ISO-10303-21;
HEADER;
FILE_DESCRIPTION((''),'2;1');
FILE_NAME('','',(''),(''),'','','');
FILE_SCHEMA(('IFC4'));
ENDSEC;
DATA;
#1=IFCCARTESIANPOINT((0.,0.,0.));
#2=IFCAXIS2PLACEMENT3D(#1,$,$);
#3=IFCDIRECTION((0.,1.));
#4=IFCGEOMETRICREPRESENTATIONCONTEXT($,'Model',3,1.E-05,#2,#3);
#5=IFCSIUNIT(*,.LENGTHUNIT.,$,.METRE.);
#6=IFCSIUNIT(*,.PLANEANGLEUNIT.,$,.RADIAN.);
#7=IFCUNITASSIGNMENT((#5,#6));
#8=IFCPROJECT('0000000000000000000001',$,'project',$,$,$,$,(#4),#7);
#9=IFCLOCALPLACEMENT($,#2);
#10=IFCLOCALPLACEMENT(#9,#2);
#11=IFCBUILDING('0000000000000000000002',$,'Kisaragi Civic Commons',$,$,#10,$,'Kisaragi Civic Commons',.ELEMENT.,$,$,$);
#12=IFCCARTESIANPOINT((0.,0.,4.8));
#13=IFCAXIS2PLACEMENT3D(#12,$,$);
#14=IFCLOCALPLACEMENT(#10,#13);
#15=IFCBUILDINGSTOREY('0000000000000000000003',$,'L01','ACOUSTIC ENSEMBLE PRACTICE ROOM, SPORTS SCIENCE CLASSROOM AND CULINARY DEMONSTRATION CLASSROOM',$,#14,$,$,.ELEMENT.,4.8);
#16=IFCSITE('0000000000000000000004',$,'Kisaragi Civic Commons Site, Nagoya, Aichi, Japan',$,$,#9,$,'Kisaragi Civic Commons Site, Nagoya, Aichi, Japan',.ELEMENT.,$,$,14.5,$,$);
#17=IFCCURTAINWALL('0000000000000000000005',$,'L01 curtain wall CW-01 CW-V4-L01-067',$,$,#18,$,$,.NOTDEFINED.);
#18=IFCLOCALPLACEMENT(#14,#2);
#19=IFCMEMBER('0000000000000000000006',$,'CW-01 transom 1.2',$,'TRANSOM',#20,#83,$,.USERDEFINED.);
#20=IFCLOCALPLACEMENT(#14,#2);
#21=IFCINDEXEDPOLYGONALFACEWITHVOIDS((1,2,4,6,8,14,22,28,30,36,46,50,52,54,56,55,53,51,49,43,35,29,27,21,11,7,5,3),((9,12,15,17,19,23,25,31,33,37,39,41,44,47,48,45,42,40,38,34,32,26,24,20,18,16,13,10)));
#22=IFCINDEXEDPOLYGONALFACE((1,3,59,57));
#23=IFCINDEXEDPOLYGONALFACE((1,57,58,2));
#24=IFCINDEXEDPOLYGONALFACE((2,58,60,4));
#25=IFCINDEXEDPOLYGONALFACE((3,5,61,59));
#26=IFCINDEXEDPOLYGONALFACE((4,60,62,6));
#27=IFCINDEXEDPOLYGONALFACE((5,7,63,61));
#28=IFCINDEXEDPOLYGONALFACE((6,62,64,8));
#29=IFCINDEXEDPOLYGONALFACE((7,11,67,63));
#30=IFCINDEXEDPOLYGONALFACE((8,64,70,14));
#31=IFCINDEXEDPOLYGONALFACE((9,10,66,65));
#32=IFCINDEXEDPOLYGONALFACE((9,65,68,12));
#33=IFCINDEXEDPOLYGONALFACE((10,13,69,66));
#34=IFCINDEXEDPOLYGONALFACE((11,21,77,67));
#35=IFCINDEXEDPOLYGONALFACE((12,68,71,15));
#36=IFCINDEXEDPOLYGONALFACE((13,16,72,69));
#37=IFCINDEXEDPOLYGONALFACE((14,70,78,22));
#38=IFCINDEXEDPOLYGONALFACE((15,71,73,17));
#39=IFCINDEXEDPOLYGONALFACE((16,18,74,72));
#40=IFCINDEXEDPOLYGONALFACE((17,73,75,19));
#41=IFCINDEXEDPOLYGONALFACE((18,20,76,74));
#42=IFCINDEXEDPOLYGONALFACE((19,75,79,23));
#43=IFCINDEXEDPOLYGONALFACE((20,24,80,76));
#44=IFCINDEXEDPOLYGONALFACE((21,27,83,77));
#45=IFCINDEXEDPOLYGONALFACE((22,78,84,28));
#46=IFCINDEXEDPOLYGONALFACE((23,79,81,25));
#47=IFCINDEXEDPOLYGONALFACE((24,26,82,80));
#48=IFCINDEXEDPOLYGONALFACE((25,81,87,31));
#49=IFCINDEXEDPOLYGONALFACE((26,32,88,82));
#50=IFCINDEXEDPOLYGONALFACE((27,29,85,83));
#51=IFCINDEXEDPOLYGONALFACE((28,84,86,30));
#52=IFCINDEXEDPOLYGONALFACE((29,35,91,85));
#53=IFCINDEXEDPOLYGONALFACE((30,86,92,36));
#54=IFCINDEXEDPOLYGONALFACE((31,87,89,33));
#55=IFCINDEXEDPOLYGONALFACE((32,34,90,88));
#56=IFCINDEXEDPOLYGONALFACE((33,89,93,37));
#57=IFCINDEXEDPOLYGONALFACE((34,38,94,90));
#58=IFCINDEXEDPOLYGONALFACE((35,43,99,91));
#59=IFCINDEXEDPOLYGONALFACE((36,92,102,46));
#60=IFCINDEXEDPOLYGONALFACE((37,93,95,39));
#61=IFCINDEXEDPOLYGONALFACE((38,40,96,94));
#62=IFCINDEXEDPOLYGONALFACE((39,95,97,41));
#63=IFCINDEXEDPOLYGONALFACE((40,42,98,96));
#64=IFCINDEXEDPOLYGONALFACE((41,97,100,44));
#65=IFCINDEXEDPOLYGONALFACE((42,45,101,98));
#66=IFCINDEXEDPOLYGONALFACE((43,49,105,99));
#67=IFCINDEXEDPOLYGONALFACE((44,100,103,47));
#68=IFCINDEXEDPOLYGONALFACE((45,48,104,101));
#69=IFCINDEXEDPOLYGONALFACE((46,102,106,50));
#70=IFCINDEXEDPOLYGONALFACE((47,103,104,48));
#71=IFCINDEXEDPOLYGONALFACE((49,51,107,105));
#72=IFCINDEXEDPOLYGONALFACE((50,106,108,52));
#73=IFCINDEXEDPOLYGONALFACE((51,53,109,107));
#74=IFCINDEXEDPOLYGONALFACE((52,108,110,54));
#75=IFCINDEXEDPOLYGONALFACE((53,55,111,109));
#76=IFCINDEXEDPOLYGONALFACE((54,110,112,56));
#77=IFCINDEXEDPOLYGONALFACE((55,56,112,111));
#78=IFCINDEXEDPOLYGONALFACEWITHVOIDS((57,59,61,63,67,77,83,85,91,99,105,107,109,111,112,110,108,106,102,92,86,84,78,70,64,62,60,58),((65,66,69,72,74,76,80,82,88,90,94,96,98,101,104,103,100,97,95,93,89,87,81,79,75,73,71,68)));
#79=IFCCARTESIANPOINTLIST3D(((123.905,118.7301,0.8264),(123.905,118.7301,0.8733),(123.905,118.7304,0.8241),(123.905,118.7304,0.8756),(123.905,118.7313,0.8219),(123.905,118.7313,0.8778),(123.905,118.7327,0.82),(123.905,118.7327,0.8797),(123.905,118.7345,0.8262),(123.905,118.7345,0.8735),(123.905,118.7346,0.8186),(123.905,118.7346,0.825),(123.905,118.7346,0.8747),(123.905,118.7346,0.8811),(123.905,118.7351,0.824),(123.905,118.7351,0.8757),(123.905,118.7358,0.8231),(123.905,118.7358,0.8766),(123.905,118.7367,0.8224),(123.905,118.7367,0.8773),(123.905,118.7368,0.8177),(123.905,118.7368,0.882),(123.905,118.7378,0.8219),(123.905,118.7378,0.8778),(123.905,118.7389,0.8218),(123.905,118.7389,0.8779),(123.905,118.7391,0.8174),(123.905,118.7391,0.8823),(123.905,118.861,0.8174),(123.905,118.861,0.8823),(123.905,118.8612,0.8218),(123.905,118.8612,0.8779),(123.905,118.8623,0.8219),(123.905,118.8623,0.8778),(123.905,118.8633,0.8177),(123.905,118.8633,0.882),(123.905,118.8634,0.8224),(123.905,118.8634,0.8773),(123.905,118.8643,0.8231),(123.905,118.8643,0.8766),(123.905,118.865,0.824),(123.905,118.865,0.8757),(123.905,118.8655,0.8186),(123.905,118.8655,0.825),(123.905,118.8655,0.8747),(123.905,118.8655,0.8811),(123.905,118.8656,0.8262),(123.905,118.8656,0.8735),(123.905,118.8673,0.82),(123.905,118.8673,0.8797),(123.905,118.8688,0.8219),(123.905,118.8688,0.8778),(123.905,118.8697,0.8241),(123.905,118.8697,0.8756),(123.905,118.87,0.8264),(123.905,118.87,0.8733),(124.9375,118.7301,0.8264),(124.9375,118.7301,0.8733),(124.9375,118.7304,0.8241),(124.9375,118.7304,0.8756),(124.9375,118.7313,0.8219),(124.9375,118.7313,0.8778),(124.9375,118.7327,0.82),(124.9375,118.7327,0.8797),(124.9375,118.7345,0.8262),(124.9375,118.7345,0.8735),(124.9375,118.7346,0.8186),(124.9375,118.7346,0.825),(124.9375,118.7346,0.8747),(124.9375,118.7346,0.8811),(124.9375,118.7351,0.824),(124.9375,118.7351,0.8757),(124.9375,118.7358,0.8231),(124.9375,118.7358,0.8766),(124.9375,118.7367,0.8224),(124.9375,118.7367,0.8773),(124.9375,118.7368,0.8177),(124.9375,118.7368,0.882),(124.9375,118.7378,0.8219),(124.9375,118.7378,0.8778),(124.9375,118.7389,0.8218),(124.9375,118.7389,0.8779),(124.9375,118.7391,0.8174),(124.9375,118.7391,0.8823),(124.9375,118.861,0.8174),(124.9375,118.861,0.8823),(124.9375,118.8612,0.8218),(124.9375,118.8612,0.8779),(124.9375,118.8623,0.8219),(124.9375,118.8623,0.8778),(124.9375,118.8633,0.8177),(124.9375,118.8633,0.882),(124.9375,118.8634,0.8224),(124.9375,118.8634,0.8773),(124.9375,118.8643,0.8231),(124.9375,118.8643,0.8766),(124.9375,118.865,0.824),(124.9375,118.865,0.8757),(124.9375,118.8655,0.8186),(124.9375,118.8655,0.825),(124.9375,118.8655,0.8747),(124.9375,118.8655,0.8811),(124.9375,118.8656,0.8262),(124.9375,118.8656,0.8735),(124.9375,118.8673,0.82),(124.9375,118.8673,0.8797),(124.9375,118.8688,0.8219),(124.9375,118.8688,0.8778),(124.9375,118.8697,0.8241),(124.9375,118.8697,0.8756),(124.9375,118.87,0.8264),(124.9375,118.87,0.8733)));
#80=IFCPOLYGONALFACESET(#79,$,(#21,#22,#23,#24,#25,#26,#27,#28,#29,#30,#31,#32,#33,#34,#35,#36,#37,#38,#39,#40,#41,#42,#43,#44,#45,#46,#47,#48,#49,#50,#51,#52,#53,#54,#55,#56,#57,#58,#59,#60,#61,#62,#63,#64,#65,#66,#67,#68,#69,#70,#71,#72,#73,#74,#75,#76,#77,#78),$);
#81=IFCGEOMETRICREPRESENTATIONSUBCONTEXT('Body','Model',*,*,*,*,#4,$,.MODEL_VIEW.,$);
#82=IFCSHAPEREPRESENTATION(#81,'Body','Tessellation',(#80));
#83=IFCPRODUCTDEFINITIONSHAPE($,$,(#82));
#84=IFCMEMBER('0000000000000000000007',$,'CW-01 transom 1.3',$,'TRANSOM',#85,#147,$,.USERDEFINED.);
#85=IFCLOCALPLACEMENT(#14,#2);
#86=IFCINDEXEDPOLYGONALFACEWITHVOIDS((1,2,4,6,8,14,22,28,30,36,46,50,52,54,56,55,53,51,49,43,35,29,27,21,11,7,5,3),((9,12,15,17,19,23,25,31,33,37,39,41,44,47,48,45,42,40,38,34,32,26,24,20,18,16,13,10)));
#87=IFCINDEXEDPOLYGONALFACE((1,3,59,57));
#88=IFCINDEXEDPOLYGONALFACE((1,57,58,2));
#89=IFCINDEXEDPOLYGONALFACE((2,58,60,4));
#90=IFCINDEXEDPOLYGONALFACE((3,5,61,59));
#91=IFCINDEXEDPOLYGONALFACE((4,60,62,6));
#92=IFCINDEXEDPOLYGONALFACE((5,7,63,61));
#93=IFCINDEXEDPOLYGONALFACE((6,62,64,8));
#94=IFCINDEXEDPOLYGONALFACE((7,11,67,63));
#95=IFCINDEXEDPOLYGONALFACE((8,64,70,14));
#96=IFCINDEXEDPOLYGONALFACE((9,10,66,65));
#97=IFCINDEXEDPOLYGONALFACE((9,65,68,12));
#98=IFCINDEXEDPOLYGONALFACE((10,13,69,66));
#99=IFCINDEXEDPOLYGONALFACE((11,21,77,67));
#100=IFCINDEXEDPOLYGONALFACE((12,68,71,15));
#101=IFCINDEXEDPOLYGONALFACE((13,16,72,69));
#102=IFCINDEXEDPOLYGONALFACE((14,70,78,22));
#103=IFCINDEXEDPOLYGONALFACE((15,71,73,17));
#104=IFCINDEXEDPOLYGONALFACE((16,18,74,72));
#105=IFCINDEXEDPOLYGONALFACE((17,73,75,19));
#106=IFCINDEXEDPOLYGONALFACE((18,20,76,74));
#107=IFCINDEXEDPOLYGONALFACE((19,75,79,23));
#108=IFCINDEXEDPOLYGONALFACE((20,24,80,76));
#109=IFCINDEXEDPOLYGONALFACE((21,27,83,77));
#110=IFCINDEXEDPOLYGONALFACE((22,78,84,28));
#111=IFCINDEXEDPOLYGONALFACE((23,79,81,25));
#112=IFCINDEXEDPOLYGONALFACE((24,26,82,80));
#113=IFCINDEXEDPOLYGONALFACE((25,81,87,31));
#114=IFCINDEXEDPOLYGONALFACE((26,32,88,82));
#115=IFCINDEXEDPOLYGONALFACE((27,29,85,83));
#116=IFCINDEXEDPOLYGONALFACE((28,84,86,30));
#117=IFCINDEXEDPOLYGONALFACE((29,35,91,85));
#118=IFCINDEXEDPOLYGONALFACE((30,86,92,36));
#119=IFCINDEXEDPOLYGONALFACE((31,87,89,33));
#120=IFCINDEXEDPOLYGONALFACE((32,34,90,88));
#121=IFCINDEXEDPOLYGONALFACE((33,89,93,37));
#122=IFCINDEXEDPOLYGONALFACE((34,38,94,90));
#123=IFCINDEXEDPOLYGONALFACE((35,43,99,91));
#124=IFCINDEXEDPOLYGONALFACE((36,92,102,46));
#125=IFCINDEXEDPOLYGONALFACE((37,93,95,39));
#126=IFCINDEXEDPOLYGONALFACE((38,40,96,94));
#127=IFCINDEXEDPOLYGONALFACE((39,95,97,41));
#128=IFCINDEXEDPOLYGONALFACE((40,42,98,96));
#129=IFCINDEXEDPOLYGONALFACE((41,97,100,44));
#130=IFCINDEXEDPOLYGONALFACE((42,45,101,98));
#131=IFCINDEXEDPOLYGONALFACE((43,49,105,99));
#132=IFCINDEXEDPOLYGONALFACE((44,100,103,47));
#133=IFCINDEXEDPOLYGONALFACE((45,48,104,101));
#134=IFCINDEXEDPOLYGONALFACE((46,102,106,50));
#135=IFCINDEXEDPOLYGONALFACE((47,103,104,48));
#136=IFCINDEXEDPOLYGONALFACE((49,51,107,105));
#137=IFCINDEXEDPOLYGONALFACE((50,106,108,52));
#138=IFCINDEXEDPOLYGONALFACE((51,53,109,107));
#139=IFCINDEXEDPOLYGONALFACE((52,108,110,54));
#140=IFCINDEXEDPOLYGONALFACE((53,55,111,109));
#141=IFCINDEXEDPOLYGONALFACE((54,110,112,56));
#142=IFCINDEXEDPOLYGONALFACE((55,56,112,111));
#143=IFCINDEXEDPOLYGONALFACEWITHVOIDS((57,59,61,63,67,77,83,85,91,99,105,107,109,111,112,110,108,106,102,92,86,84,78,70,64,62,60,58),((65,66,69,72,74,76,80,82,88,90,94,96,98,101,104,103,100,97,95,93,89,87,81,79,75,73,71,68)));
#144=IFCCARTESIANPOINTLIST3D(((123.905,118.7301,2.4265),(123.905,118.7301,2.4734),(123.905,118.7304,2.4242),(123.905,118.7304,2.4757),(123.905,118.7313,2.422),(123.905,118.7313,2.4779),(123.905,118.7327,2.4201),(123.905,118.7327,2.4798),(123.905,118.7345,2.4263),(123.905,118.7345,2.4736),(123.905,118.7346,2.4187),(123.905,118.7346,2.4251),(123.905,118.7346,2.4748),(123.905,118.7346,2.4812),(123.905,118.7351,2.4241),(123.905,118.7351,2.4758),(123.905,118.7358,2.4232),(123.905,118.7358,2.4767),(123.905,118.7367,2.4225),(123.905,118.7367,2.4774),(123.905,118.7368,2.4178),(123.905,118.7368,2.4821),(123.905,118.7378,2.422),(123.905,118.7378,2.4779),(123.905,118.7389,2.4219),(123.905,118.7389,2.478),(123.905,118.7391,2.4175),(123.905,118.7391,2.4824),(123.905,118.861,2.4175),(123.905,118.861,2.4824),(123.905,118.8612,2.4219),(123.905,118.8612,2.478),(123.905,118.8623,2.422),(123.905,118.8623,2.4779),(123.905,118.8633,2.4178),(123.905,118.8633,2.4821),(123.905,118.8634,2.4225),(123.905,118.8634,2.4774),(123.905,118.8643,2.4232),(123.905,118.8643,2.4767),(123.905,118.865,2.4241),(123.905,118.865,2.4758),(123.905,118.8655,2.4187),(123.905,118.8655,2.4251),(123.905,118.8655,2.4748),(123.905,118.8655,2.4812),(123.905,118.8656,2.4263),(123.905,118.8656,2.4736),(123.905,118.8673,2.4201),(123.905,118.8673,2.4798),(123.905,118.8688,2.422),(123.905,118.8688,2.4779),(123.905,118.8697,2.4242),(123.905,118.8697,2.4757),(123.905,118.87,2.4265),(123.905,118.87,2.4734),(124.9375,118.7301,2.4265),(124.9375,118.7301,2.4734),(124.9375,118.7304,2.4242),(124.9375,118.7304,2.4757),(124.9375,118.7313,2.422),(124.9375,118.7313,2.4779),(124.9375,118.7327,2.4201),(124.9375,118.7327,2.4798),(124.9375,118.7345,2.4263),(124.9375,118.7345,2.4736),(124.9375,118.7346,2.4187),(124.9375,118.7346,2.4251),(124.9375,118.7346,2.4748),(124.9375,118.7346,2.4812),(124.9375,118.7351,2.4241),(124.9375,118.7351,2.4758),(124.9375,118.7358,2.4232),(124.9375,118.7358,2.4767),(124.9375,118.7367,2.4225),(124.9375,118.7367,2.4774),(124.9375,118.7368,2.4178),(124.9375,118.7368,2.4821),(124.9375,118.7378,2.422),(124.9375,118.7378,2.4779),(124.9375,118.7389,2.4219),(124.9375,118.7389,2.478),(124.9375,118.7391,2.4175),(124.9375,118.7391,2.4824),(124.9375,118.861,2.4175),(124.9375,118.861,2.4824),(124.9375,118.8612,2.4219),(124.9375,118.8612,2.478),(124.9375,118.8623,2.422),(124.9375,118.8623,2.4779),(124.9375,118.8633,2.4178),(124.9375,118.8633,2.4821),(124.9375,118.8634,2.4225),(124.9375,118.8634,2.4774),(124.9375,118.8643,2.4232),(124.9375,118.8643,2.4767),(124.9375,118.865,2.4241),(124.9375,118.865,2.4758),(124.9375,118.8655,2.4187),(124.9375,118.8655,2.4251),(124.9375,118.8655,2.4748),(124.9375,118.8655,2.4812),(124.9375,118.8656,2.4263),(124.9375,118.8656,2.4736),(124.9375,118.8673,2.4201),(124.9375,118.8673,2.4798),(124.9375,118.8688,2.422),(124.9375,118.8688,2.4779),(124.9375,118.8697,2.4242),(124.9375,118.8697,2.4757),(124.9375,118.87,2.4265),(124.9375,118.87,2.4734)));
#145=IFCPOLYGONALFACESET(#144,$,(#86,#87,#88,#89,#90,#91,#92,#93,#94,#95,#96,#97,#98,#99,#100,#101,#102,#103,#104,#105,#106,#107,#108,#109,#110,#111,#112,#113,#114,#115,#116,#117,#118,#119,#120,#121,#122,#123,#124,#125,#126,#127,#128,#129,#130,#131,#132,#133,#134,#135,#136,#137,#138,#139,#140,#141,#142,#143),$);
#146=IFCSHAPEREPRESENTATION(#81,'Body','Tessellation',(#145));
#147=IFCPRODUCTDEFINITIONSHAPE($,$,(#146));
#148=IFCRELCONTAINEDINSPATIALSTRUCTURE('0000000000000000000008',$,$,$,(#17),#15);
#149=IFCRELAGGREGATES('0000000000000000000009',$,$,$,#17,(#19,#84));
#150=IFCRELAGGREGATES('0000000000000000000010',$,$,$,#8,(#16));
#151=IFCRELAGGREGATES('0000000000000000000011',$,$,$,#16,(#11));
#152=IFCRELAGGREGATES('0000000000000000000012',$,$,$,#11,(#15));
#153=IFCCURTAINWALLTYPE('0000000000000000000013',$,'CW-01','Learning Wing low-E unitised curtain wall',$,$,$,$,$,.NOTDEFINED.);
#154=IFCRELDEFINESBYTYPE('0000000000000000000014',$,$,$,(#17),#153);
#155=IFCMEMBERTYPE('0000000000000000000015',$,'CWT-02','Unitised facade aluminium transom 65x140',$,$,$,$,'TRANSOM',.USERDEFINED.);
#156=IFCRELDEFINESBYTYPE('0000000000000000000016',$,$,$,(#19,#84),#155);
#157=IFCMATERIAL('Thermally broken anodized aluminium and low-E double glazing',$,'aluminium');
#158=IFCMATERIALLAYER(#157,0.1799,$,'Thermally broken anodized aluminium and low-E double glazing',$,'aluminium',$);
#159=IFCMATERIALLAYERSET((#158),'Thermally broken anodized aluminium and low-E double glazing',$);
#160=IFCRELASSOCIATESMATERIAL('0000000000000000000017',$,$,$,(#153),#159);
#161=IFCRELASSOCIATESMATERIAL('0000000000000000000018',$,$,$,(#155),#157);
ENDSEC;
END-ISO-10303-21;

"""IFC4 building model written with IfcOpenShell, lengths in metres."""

from ifc_helpers import new_model, si_unit, direction, frame, origin, origin_2d, place, context, subcontext, project, spatial, hollow_rectangle, extrude, material, layer, layer_set, material_profile, profile_set, type_object, element, aggregate, save


model = new_model("IFC4")

# Units and contexts
model_context = context("Model", 3, precision=1e-05, world=origin(), true_north=direction((0.0, 1.0)))
body_context = subcontext(model_context, "Body", "Model", "MODEL_VIEW")
ifc_project = project(units=[si_unit("LENGTHUNIT", "METRE"), si_unit("PLANEANGLEUNIT", "RADIAN")], contexts=[model_context])

# Site, building, storey
site_placement = place(None, origin())
site = spatial("IfcSite", under=ifc_project, at=site_placement, Name="Kisaragi Civic Commons Site, Nagoya, Aichi, Japan", LongName="Kisaragi Civic Commons Site, Nagoya, Aichi, Japan", CompositionType="ELEMENT", RefElevation=14.5)
building_placement = place(site_placement, origin())
building = spatial("IfcBuilding", under=site, at=building_placement, Name="Kisaragi Civic Commons", LongName="Kisaragi Civic Commons", CompositionType="ELEMENT")
storey_placement = place(building_placement, frame((0.0, 0.0, 4.8)))
storey = spatial("IfcBuildingStorey", under=building, at=storey_placement, Name="L01", Description="ACOUSTIC ENSEMBLE PRACTICE ROOM, SPORTS SCIENCE CLASSROOM AND CULINARY DEMONSTRATION CLASSROOM", CompositionType="ELEMENT", Elevation=4.8)

# Shared definitions
ifc_material_1 = material(Name="Thermally broken anodized aluminium and low-E double glazing", Category="aluminium")
ifc_layer_1 = layer(ifc_material_1, 0.1799, Name="Thermally broken anodized aluminium and low-E double glazing", Category="aluminium")
ifc_layer_set_1 = layer_set([ifc_layer_1], Name="Thermally broken anodized aluminium and low-E double glazing")
curtain_wall_type = type_object("IfcCurtainWallType", Name="CW-01", Description="Learning Wing low-E unitised curtain wall", PredefinedType="NOTDEFINED", material=ifc_layer_set_1)

# Curtain wall, members
curtain_wall_1_placement = place(storey_placement, origin())
curtain_wall_1 = element("IfcCurtainWall", 1, at=curtain_wall_1_placement, inside=storey, type_object=curtain_wall_type, Name="L01 curtain wall CW-01 CW-V4-L01-067", PredefinedType="NOTDEFINED")
ifc_material_profile_1 = material_profile(ifc_material_1, hollow_rectangle(XDim=0.1399, YDim=0.0649, WallThickness=0.0044, InnerFilletRadius=0.0044, OuterFilletRadius=0.009, at=origin_2d()), Name="CWT-65x140x4.5", Category="aluminium")
ifc_profile_set_1 = profile_set([ifc_material_profile_1], Name="Thermally broken anodized aluminium and low-E double glazing")
member_type_1 = type_object("IfcMemberType", Name="CWT-02", Description="Unitised facade aluminium transom 65x140", ElementType="TRANSOM", PredefinedType="USERDEFINED", material=ifc_profile_set_1)
member_1_placement = place(storey_placement, frame((123.905, 118.8, 0.8499), z_axis=(1.0, 0.0, 0.0), x_axis=(0.0, 1.0, 0.0)))
member_1 = element("IfcMember", 2, at=member_1_placement, type_object=member_type_1, Name="CW-01 transom 1.2", ObjectType="TRANSOM", PredefinedType="USERDEFINED", context=body_context, shape_type="SweptSolid", body=[
    extrude(hollow_rectangle(XDim=0.1399, YDim=0.0649, WallThickness=0.0044, InnerFilletRadius=0.0044, OuterFilletRadius=0.009, at=origin_2d()), origin(), (0.0, 0.0, 1.0), 1.0325),
])
member_2_placement = place(storey_placement, frame((123.905, 118.8, 2.45), z_axis=(1.0, 0.0, 0.0), x_axis=(0.0, 1.0, 0.0)))
member_2 = element("IfcMember", 3, at=member_2_placement, type_object=member_type_1, Name="CW-01 transom 1.3", ObjectType="TRANSOM", PredefinedType="USERDEFINED", context=body_context, shape_type="SweptSolid", body=[
    extrude(hollow_rectangle(XDim=0.1399, YDim=0.0649, WallThickness=0.0044, InnerFilletRadius=0.0044, OuterFilletRadius=0.009, at=origin_2d()), origin(), (0.0, 0.0, 1.0), 1.0325),
])

aggregate(curtain_wall_1, [member_1, member_2])

save(model, "model.ifc")
